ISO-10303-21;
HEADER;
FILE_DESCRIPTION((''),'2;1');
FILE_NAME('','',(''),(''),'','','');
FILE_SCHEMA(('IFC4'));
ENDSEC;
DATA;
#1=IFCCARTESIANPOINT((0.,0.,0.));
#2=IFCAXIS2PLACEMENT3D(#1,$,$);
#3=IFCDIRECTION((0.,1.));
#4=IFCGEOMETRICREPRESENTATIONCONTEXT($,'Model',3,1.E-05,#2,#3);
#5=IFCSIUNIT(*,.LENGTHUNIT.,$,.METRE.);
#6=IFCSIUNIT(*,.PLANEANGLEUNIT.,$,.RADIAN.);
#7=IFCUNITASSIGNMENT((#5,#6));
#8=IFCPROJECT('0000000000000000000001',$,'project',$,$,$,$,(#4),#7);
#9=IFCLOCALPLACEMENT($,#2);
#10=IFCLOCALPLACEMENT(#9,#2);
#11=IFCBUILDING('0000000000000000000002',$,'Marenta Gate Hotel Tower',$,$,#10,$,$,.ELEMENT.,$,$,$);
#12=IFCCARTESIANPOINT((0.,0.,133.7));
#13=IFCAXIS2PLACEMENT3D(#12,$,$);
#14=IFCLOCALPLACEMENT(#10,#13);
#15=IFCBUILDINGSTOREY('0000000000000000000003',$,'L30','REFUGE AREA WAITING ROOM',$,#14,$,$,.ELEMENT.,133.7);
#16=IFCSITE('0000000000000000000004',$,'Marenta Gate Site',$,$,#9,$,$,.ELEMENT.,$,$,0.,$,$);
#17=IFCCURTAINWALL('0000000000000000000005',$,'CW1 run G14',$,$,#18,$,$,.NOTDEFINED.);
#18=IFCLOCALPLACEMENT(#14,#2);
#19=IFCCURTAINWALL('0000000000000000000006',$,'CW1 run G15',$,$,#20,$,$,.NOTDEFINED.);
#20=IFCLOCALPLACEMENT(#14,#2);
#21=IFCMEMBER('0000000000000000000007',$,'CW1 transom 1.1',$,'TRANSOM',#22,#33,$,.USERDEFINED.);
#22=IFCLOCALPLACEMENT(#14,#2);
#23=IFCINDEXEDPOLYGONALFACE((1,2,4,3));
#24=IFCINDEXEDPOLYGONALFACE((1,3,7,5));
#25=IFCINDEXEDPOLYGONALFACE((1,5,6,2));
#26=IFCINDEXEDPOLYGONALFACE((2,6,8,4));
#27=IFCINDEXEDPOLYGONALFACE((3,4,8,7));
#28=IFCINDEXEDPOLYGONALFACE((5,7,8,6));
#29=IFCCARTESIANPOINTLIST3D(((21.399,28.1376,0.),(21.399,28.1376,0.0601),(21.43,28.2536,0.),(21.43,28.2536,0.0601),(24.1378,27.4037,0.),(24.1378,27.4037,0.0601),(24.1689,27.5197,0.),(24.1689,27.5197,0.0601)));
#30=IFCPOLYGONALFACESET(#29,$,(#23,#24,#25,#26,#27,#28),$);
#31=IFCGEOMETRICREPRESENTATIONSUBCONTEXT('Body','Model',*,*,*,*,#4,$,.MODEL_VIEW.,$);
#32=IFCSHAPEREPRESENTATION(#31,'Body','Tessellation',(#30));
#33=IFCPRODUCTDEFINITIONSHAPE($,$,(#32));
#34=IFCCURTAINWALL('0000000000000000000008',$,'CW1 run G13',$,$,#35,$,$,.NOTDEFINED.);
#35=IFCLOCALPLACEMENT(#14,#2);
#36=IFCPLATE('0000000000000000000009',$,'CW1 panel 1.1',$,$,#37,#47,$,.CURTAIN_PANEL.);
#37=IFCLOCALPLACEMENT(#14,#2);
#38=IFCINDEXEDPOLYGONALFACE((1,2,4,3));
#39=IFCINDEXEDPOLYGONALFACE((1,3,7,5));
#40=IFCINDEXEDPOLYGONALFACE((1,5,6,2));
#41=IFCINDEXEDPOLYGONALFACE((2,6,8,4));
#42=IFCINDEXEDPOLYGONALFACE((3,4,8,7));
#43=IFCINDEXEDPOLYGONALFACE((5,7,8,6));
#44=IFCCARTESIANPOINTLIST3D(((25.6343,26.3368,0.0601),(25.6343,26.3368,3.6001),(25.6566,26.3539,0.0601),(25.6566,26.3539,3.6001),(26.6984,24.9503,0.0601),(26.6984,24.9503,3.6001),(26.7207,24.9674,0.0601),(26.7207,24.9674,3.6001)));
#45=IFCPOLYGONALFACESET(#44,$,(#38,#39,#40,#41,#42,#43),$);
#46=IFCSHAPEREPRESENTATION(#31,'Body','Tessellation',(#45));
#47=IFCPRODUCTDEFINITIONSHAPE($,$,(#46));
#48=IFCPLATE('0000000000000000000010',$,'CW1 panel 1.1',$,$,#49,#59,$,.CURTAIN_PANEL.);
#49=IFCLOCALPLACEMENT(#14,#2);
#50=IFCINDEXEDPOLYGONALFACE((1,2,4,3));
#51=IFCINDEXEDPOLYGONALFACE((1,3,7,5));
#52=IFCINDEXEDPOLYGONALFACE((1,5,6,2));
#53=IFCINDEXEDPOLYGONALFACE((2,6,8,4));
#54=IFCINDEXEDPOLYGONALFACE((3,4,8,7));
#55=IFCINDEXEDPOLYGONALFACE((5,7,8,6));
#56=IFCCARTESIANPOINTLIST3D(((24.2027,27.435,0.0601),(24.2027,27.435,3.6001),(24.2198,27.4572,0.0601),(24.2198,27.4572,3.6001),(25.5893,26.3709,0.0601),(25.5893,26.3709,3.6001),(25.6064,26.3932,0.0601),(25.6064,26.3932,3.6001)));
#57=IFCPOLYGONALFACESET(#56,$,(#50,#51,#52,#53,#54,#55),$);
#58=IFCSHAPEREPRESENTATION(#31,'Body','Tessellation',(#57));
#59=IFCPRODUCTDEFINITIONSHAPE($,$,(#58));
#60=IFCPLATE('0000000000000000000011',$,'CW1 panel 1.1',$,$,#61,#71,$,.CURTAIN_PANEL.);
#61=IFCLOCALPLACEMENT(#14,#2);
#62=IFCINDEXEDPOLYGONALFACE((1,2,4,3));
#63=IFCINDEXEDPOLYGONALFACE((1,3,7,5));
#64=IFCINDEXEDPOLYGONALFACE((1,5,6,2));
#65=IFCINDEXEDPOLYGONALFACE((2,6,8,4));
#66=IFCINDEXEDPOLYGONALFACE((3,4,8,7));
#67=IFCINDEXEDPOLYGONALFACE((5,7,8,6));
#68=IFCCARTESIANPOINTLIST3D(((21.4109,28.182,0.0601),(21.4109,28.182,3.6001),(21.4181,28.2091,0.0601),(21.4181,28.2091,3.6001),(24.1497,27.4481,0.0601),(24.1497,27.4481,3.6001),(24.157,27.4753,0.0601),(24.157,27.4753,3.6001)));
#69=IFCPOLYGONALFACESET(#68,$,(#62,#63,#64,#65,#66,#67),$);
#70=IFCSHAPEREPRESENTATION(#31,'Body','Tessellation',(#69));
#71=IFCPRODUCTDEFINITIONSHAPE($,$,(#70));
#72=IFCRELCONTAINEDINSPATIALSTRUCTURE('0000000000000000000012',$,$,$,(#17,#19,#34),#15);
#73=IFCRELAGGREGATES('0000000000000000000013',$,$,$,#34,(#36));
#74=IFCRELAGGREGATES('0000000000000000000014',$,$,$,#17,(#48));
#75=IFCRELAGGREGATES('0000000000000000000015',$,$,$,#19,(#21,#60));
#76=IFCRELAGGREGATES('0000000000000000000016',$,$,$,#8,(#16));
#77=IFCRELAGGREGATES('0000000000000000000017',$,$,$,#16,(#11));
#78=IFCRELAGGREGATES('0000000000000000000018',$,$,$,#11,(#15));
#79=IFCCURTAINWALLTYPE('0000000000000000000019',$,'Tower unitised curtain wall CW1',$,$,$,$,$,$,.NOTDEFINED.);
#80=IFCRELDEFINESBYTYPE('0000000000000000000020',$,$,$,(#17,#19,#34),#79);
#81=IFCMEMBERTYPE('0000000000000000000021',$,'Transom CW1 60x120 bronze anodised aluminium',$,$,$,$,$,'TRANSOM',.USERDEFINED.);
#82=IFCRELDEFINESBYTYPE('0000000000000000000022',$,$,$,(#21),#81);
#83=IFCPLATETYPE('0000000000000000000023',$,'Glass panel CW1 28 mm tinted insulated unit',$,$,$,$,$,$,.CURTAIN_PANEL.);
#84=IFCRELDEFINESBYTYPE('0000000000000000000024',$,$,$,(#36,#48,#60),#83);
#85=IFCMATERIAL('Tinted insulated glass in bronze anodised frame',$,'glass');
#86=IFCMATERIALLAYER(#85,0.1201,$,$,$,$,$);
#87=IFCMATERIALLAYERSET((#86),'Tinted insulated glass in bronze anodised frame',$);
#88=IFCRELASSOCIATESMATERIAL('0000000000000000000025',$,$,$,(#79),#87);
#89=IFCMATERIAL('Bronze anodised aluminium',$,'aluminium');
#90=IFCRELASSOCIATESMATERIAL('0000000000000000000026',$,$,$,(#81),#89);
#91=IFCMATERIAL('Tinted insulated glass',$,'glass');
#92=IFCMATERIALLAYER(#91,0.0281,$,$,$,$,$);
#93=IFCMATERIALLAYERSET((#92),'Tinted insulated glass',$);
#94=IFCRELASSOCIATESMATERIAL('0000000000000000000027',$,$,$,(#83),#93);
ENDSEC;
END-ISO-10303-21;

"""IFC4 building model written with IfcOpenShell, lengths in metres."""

from ifc_helpers import new_model, si_unit, direction, frame, origin, origin_2d, place, context, subcontext, project, spatial, rectangle, extrude, material, layer, layer_set, material_profile, profile_set, type_object, element, aggregate, save


model = new_model("IFC4")

# Units and contexts
model_context = context("Model", 3, precision=1e-05, world=origin(), true_north=direction((0.0, 1.0)))
body_context = subcontext(model_context, "Body", "Model", "MODEL_VIEW")
ifc_project = project(units=[si_unit("LENGTHUNIT", "METRE"), si_unit("PLANEANGLEUNIT", "RADIAN")], contexts=[model_context])

# Site, building, storey
site_placement = place(None, origin())
site = spatial("IfcSite", under=ifc_project, at=site_placement, Name="Marenta Gate Site", CompositionType="ELEMENT", RefElevation=0.0)
building_placement = place(site_placement, origin())
building = spatial("IfcBuilding", under=site, at=building_placement, Name="Marenta Gate Hotel Tower", CompositionType="ELEMENT")
storey_placement = place(building_placement, frame((0.0, 0.0, 133.7)))
storey = spatial("IfcBuildingStorey", under=building, at=storey_placement, Name="L30", Description="REFUGE AREA WAITING ROOM", CompositionType="ELEMENT", Elevation=133.7)

# Curtain wall
ifc_material_1 = material(Name="Tinted insulated glass in bronze anodised frame", Category="glass")
ifc_layer_1 = layer(ifc_material_1, 0.1201)
ifc_layer_set_1 = layer_set([ifc_layer_1], Name="Tinted insulated glass in bronze anodised frame")
curtain_wall_type = type_object("IfcCurtainWallType", Name="Tower unitised curtain wall CW1", PredefinedType="NOTDEFINED", material=ifc_layer_set_1)
curtain_wall_1_placement = place(storey_placement, origin())
curtain_wall_1 = element("IfcCurtainWall", 1, at=curtain_wall_1_placement, inside=storey, type_object=curtain_wall_type, Name="CW1 run G14", PredefinedType="NOTDEFINED")

# Curtain wall
curtain_wall_2_placement = place(storey_placement, origin())
curtain_wall_2 = element("IfcCurtainWall", 2, at=curtain_wall_2_placement, inside=storey, type_object=curtain_wall_type, Name="CW1 run G15", PredefinedType="NOTDEFINED")

# Member
ifc_material_2 = material(Name="Bronze anodised aluminium", Category="aluminium")
ifc_material_profile_1 = material_profile(ifc_material_2, rectangle(XDim=0.1201, YDim=0.0601, at=origin_2d()), Name="Transom CW1 60x120 bronze anodised aluminium")
ifc_profile_set_1 = profile_set([ifc_material_profile_1], Name="Bronze anodised aluminium")
member_type_1 = type_object("IfcMemberType", Name="Transom CW1 60x120 bronze anodised aluminium", ElementType="TRANSOM", PredefinedType="USERDEFINED", material=ifc_profile_set_1)
member_1_placement = place(storey_placement, frame((24.1533, 27.4617, 0.03), z_axis=(-0.965923, 0.258831, 0.0), x_axis=(-0.258831, -0.965923, 0.0)))
member_1 = element("IfcMember", 3, at=member_1_placement, type_object=member_type_1, Name="CW1 transom 1.1", ObjectType="TRANSOM", PredefinedType="USERDEFINED", context=body_context, shape_type="SweptSolid", body=[
    extrude(rectangle(XDim=0.1201, YDim=0.0601, at=origin_2d()), origin(), (0.0, 0.0, 1.0), 2.8354),
])

# Curtain wall, plate
curtain_wall_3_placement = place(storey_placement, origin())
curtain_wall_3 = element("IfcCurtainWall", 4, at=curtain_wall_3_placement, inside=storey, type_object=curtain_wall_type, Name="CW1 run G13", PredefinedType="NOTDEFINED")
ifc_material_3 = material(Name="Tinted insulated glass", Category="glass")
ifc_layer_2 = layer(ifc_material_3, 0.0281)
ifc_layer_set_2 = layer_set([ifc_layer_2], Name="Tinted insulated glass")
plate_type = type_object("IfcPlateType", Name="Glass panel CW1 28 mm tinted insulated unit", PredefinedType="CURTAIN_PANEL", material=ifc_layer_set_2)
plate_1_placement = place(storey_placement, frame((26.1775, 25.6521, 0.0601), z_axis=(0.0, 0.0, 1.0), x_axis=(-0.608796, 0.793327, 0.0)))
plate_1 = element("IfcPlate", 5, at=plate_1_placement, type_object=plate_type, Name="CW1 panel 1.1", PredefinedType="CURTAIN_PANEL", context=body_context, shape_type="SweptSolid", body=[
    extrude(rectangle(XDim=1.7478, YDim=0.0281, at=origin_2d()), origin(), (0.0, 0.0, 1.0), 3.54),
])
aggregate(curtain_wall_3, [plate_1])

# Plates
plate_2_placement = place(storey_placement, frame((24.9045, 26.9141, 0.0601), z_axis=(0.0, 0.0, 1.0), x_axis=(-0.793327, 0.608796, 0.0)))
plate_2 = element("IfcPlate", 6, at=plate_2_placement, type_object=plate_type, Name="CW1 panel 1.1", PredefinedType="CURTAIN_PANEL", context=body_context, shape_type="SweptSolid", body=[
    extrude(rectangle(XDim=1.7478, YDim=0.0281, at=origin_2d()), origin(), (0.0, 0.0, 1.0), 3.54),
])
aggregate(curtain_wall_1, [plate_2])
plate_3_placement = place(storey_placement, frame((22.7839, 27.8286, 0.0601), z_axis=(0.0, 0.0, 1.0), x_axis=(-0.965929, 0.258806, 0.0)))
plate_3 = element("IfcPlate", 7, at=plate_3_placement, type_object=plate_type, Name="CW1 panel 1.1", PredefinedType="CURTAIN_PANEL", context=body_context, shape_type="SweptSolid", body=[
    extrude(rectangle(XDim=2.8354, YDim=0.0281, at=origin_2d()), origin(), (0.0, 0.0, 1.0), 3.54),
])
aggregate(curtain_wall_2, [member_1, plate_3])

save(model, "model.ifc")
